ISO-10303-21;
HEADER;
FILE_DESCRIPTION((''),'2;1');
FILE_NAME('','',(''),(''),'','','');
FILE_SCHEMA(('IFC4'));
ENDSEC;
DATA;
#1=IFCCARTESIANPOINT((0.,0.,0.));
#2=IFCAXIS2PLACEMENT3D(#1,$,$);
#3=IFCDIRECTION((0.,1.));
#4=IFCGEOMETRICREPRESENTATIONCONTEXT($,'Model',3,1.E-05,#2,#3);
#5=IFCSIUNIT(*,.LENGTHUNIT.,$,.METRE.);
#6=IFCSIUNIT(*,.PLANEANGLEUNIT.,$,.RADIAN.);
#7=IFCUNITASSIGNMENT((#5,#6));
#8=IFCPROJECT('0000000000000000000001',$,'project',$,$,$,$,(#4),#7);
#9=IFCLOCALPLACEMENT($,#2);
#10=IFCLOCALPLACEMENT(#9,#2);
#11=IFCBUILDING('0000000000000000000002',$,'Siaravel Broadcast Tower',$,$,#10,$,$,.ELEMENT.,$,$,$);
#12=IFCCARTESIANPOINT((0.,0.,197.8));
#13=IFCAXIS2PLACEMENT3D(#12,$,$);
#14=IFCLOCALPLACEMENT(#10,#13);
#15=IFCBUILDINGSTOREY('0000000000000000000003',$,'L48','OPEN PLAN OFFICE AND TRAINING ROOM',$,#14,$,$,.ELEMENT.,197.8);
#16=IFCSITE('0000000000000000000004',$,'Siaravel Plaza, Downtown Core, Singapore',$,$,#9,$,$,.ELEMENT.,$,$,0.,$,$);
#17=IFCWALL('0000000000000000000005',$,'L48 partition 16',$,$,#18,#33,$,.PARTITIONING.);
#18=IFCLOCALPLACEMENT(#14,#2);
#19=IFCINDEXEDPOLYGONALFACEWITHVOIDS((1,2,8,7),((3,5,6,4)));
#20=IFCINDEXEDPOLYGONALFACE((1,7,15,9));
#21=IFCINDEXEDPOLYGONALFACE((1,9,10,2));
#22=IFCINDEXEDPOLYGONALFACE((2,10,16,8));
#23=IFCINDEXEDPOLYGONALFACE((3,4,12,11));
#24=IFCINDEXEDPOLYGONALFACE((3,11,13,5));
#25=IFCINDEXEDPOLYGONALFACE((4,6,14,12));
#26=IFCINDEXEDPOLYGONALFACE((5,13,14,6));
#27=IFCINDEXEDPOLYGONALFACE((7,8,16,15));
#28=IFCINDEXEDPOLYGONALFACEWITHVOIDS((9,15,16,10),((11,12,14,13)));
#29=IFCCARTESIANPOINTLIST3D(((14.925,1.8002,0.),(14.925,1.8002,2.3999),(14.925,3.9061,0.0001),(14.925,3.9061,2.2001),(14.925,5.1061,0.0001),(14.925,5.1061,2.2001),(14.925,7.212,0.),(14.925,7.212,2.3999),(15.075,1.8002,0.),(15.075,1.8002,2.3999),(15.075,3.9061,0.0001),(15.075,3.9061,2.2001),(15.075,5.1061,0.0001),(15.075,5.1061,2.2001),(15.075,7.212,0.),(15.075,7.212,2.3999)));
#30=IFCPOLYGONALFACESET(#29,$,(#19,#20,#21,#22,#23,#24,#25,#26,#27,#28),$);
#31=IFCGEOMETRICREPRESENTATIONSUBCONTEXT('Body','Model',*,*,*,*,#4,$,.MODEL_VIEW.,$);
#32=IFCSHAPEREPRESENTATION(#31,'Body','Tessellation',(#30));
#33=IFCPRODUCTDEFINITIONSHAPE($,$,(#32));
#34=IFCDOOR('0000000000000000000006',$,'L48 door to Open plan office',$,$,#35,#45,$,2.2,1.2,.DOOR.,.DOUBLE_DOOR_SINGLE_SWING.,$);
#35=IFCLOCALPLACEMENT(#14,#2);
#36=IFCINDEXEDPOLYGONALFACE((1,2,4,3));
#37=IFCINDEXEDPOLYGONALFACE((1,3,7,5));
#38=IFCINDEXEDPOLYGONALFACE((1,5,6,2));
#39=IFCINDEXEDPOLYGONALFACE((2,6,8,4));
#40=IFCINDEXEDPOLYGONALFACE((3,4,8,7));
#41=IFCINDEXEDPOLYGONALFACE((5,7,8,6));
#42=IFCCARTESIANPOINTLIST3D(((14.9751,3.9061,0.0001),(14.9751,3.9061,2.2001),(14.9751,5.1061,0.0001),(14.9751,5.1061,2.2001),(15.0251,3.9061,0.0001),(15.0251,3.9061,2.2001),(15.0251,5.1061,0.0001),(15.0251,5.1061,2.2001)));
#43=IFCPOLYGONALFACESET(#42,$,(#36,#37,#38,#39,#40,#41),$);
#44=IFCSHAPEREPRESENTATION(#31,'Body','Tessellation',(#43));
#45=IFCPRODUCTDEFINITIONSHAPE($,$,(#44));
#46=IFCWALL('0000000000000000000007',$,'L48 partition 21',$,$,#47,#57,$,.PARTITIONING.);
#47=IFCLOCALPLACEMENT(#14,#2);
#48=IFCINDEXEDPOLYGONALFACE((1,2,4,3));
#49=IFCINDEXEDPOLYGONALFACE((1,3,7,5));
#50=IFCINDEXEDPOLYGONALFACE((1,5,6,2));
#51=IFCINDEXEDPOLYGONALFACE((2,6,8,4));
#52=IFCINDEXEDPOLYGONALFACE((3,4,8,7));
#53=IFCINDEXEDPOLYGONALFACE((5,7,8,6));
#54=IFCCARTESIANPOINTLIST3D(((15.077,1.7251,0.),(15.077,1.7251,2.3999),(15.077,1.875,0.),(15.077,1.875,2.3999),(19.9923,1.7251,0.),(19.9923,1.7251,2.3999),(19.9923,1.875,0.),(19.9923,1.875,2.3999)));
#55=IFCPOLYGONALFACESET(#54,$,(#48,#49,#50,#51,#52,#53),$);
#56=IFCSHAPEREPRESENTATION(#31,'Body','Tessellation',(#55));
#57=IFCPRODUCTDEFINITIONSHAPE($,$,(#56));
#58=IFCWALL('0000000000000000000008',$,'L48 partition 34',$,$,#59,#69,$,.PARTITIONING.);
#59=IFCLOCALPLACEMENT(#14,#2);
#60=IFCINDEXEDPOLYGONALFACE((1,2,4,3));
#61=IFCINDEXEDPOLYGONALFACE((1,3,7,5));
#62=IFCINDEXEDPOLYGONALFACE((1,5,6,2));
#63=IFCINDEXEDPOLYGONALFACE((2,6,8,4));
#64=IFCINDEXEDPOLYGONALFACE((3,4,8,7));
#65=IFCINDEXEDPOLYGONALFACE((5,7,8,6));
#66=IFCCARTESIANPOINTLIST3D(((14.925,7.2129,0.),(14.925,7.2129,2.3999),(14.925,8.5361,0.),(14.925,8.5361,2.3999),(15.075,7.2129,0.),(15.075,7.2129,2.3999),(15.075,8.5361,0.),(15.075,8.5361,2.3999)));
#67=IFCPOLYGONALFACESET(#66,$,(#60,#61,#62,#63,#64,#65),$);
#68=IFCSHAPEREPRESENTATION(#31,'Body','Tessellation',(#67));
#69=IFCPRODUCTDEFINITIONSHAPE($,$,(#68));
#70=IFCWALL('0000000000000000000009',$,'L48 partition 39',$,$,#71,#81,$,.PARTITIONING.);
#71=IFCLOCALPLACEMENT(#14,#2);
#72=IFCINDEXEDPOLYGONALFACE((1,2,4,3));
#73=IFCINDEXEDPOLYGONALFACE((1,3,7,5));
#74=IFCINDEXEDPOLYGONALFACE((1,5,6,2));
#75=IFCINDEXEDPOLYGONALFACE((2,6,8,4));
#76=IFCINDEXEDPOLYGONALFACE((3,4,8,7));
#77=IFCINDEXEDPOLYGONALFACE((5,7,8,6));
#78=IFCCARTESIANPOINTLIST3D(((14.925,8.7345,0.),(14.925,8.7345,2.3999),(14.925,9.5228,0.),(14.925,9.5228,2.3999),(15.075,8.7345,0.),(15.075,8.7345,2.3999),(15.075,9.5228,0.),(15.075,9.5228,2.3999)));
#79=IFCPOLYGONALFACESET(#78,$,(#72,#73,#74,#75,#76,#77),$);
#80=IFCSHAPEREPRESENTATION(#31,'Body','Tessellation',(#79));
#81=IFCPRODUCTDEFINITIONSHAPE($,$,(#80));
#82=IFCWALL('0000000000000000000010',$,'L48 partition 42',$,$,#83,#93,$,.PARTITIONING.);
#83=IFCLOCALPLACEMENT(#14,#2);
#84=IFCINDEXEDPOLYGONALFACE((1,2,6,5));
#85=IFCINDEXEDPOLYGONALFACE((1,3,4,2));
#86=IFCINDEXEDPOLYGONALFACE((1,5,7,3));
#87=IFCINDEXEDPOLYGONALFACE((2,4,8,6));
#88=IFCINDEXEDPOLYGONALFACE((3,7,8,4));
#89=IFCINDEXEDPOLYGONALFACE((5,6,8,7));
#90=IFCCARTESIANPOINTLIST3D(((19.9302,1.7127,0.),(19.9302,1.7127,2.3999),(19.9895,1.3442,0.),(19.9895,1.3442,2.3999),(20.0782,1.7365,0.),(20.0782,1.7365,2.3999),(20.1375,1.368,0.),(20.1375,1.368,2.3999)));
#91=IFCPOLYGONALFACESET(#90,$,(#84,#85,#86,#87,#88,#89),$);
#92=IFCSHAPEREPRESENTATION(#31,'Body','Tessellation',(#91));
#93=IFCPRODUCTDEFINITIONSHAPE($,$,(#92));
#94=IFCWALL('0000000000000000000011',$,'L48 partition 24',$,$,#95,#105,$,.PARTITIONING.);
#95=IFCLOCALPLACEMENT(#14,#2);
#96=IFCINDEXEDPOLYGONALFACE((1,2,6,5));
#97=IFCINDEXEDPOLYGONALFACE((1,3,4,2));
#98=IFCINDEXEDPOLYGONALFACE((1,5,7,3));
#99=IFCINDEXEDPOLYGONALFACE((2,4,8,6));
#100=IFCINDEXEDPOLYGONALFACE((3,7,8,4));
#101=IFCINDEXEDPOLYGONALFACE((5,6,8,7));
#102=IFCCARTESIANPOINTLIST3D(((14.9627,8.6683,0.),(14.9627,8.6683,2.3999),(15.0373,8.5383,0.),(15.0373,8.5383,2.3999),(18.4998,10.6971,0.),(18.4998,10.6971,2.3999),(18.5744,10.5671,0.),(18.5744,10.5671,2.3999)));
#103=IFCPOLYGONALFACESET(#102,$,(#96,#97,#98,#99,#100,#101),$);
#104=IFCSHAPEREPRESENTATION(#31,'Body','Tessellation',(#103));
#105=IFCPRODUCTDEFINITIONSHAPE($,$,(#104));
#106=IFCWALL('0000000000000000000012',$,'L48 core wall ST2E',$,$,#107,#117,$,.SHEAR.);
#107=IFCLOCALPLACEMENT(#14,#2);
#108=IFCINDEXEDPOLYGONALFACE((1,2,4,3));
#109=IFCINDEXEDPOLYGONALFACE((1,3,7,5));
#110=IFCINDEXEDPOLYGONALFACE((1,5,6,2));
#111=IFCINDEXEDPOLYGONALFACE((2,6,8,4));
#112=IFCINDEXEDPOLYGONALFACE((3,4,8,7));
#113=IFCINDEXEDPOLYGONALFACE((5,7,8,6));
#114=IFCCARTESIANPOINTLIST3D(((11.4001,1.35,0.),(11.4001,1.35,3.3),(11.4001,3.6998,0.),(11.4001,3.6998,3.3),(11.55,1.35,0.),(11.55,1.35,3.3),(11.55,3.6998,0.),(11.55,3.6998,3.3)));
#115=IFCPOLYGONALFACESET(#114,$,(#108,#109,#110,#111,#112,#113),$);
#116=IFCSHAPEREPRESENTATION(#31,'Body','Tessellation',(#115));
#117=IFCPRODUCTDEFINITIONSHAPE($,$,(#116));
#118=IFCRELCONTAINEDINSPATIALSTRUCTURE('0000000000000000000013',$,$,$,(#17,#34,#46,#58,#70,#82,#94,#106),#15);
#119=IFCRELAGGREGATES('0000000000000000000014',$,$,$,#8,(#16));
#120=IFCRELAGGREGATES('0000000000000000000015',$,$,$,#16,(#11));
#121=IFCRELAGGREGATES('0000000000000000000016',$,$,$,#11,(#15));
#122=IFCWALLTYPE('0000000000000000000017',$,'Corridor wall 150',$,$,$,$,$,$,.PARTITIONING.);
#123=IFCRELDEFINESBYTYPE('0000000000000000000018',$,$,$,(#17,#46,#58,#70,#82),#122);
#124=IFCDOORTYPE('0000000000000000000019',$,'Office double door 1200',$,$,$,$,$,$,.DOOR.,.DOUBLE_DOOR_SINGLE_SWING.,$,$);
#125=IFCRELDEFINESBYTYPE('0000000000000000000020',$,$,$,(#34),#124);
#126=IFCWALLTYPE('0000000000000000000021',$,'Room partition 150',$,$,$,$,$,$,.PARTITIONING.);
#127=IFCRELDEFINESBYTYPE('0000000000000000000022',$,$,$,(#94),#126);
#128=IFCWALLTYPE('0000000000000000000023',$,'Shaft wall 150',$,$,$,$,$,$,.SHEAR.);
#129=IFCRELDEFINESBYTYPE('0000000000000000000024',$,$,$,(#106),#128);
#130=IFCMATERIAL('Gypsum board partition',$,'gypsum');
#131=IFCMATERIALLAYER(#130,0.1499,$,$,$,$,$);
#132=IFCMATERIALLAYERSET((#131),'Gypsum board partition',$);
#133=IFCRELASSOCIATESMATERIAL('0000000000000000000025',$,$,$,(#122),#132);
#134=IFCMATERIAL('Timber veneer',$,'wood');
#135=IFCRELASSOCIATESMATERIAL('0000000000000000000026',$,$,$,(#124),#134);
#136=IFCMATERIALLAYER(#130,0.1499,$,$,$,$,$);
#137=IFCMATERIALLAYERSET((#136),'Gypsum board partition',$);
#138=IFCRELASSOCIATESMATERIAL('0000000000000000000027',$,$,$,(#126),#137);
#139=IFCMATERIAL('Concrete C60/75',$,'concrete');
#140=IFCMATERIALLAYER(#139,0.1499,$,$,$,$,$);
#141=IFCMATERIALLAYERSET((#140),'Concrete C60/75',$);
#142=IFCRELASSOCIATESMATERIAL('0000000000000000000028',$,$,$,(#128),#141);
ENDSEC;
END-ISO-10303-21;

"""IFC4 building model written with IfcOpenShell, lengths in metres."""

from ifc_helpers import new_model, si_unit, direction, frame, frame_2d, origin, place, context, subcontext, project, spatial, rectangle, extrude, material, layer, layer_set, type_object, element, fill, save


model = new_model("IFC4")

# Units and contexts
model_context = context("Model", 3, precision=1e-05, world=origin(), true_north=direction((0.0, 1.0)))
body_context = subcontext(model_context, "Body", "Model", "MODEL_VIEW")
ifc_project = project(units=[si_unit("LENGTHUNIT", "METRE"), si_unit("PLANEANGLEUNIT", "RADIAN")], contexts=[model_context])

# Site, building, storey
site_placement = place(None, origin())
site = spatial("IfcSite", under=ifc_project, at=site_placement, Name="Siaravel Plaza, Downtown Core, Singapore", CompositionType="ELEMENT", RefElevation=0.0)
building_placement = place(site_placement, origin())
building = spatial("IfcBuilding", under=site, at=building_placement, Name="Siaravel Broadcast Tower", CompositionType="ELEMENT")
storey_placement = place(building_placement, frame((0.0, 0.0, 197.8)))
storey = spatial("IfcBuildingStorey", under=building, at=storey_placement, Name="L48", Description="OPEN PLAN OFFICE AND TRAINING ROOM", CompositionType="ELEMENT", Elevation=197.8)

# Shared definitions
ifc_material_1 = material(Name="Concrete C60/75", Category="concrete")

# Wall, opening, door
ifc_material_2 = material(Name="Gypsum board partition", Category="gypsum")
ifc_layer_1 = layer(ifc_material_2, 0.1499)
ifc_layer_set_1 = layer_set([ifc_layer_1], Name="Gypsum board partition")
wall_type_1 = type_object("IfcWallType", Name="Corridor wall 150", PredefinedType="PARTITIONING", material=ifc_layer_set_1)
ifc_material_3 = material(Name="Timber veneer", Category="wood")
door_type = type_object("IfcDoorType", Name="Office double door 1200", OperationType="DOUBLE_DOOR_SINGLE_SWING", PredefinedType="DOOR", material=ifc_material_3)
wall_1_placement = place(storey_placement, frame((15.0, 1.8, 0.0), z_axis=(0.0, 0.0, 1.0), x_axis=(0.0, 1.0, 0.0)))
wall_1 = element("IfcWall", 1, at=wall_1_placement, inside=storey, type_object=wall_type_1, Name="L48 partition 16", PredefinedType="PARTITIONING", context=body_context, shape_type="SweptSolid", body=[
    extrude(rectangle(XDim=5.4119, YDim=0.1499, at=frame_2d((2.7061, 0.0))), origin(), (0.0, 0.0, 1.0), 2.3999),
])
opening_1_placement = place(wall_1_placement, frame((2.106, 0.0, 0.0)))
opening_1 = element("IfcOpeningElement", 2, at=opening_1_placement, cuts=wall_1, PredefinedType="OPENING", context=body_context, shape_type="SweptSolid", body=[
    extrude(rectangle(XDim=1.2, YDim=2.2, at=frame_2d((0.6001, 1.1001))), frame((0.0, 0.085, 0.0), z_axis=(0.0, -1.0, 0.0), x_axis=(1.0, 0.0, 0.0)), (0.0, 0.0, 1.0), 0.1699),
])
door_1_placement = place(opening_1_placement, origin())
door_1 = element("IfcDoor", 3, at=door_1_placement, inside=storey, type_object=door_type, Name="L48 door to Open plan office", OperationType="DOUBLE_DOOR_SINGLE_SWING", OverallHeight=2.2, OverallWidth=1.2, PredefinedType="DOOR", context=body_context, shape_type="SweptSolid", body=[
    extrude(rectangle(XDim=1.2, YDim=2.2, at=frame_2d((0.6001, 1.1001))), frame((0.0, 0.0249, 0.0), z_axis=(0.0, -1.0, 0.0), x_axis=(1.0, 0.0, 0.0)), (0.0, 0.0, 1.0), 0.05),
])
fill(opening_1, door_1)

# Walls
wall_2_placement = place(storey_placement, frame((19.9922, 1.8, 0.0), z_axis=(0.0, 0.0, 1.0), x_axis=(-1.0, 0.0, 0.0)))
element("IfcWall", 4, at=wall_2_placement, inside=storey, type_object=wall_type_1, Name="L48 partition 21", PredefinedType="PARTITIONING", context=body_context, shape_type="SweptSolid", body=[
    extrude(rectangle(XDim=4.9153, YDim=0.1499, at=frame_2d((2.4575, 0.0))), origin(), (0.0, 0.0, 1.0), 2.3999),
])
wall_3_placement = place(storey_placement, frame((15.0, 7.2129, 0.0), z_axis=(0.0, 0.0, 1.0), x_axis=(0.0, 1.0, 0.0)))
element("IfcWall", 5, at=wall_3_placement, inside=storey, type_object=wall_type_1, Name="L48 partition 34", PredefinedType="PARTITIONING", context=body_context, shape_type="SweptSolid", body=[
    extrude(rectangle(XDim=1.3232, YDim=0.1499, at=frame_2d((0.6616, 0.0))), origin(), (0.0, 0.0, 1.0), 2.3999),
])
wall_4_placement = place(storey_placement, frame((15.0, 8.7346, 0.0), z_axis=(0.0, 0.0, 1.0), x_axis=(0.0, 1.0, 0.0)))
element("IfcWall", 6, at=wall_4_placement, inside=storey, type_object=wall_type_1, Name="L48 partition 39", PredefinedType="PARTITIONING", context=body_context, shape_type="SweptSolid", body=[
    extrude(rectangle(XDim=0.7883, YDim=0.1499, at=frame_2d((0.394, 0.0))), origin(), (0.0, 0.0, 1.0), 2.3999),
])
wall_5_placement = place(storey_placement, frame((20.0635, 1.3562, 0.0), z_axis=(0.0, 0.0, 1.0), x_axis=(-0.158883, 0.987297, 0.0)))
element("IfcWall", 7, at=wall_5_placement, inside=storey, type_object=wall_type_1, Name="L48 partition 42", PredefinedType="PARTITIONING", context=body_context, shape_type="SweptSolid", body=[
    extrude(rectangle(XDim=0.3733, YDim=0.1499, at=frame_2d((0.1865, 0.0))), origin(), (0.0, 0.0, 1.0), 2.3999),
])
ifc_layer_2 = layer(ifc_material_2, 0.1499)
ifc_layer_set_2 = layer_set([ifc_layer_2], Name="Gypsum board partition")
wall_type_2 = type_object("IfcWallType", Name="Room partition 150", PredefinedType="PARTITIONING", material=ifc_layer_set_2)
wall_6_placement = place(storey_placement, frame((18.5371, 10.6321, 0.0), z_axis=(0.0, 0.0, 1.0), x_axis=(-0.867439, -0.497544, 0.0)))
element("IfcWall", 8, at=wall_6_placement, inside=storey, type_object=wall_type_2, Name="L48 partition 24", PredefinedType="PARTITIONING", context=body_context, shape_type="SweptSolid", body=[
    extrude(rectangle(XDim=4.0776, YDim=0.1499, at=frame_2d((2.0388, 0.0))), origin(), (0.0, 0.0, 1.0), 2.3999),
])
ifc_layer_3 = layer(ifc_material_1, 0.1499)
ifc_layer_set_3 = layer_set([ifc_layer_3], Name="Concrete C60/75")
wall_type_3 = type_object("IfcWallType", Name="Shaft wall 150", PredefinedType="SHEAR", material=ifc_layer_set_3)
wall_7_placement = place(storey_placement, frame((11.4751, 1.3501, 0.0), z_axis=(0.0, 0.0, 1.0), x_axis=(0.0, 1.0, 0.0)))
element("IfcWall", 9, at=wall_7_placement, inside=storey, type_object=wall_type_3, Name="L48 core wall ST2E", PredefinedType="SHEAR", context=body_context, shape_type="SweptSolid", body=[
    extrude(rectangle(XDim=2.3499, YDim=0.1499, at=frame_2d((1.1748, 0.0))), origin(), (0.0, 0.0, 1.0), 3.3),
])

save(model, "model.ifc")
